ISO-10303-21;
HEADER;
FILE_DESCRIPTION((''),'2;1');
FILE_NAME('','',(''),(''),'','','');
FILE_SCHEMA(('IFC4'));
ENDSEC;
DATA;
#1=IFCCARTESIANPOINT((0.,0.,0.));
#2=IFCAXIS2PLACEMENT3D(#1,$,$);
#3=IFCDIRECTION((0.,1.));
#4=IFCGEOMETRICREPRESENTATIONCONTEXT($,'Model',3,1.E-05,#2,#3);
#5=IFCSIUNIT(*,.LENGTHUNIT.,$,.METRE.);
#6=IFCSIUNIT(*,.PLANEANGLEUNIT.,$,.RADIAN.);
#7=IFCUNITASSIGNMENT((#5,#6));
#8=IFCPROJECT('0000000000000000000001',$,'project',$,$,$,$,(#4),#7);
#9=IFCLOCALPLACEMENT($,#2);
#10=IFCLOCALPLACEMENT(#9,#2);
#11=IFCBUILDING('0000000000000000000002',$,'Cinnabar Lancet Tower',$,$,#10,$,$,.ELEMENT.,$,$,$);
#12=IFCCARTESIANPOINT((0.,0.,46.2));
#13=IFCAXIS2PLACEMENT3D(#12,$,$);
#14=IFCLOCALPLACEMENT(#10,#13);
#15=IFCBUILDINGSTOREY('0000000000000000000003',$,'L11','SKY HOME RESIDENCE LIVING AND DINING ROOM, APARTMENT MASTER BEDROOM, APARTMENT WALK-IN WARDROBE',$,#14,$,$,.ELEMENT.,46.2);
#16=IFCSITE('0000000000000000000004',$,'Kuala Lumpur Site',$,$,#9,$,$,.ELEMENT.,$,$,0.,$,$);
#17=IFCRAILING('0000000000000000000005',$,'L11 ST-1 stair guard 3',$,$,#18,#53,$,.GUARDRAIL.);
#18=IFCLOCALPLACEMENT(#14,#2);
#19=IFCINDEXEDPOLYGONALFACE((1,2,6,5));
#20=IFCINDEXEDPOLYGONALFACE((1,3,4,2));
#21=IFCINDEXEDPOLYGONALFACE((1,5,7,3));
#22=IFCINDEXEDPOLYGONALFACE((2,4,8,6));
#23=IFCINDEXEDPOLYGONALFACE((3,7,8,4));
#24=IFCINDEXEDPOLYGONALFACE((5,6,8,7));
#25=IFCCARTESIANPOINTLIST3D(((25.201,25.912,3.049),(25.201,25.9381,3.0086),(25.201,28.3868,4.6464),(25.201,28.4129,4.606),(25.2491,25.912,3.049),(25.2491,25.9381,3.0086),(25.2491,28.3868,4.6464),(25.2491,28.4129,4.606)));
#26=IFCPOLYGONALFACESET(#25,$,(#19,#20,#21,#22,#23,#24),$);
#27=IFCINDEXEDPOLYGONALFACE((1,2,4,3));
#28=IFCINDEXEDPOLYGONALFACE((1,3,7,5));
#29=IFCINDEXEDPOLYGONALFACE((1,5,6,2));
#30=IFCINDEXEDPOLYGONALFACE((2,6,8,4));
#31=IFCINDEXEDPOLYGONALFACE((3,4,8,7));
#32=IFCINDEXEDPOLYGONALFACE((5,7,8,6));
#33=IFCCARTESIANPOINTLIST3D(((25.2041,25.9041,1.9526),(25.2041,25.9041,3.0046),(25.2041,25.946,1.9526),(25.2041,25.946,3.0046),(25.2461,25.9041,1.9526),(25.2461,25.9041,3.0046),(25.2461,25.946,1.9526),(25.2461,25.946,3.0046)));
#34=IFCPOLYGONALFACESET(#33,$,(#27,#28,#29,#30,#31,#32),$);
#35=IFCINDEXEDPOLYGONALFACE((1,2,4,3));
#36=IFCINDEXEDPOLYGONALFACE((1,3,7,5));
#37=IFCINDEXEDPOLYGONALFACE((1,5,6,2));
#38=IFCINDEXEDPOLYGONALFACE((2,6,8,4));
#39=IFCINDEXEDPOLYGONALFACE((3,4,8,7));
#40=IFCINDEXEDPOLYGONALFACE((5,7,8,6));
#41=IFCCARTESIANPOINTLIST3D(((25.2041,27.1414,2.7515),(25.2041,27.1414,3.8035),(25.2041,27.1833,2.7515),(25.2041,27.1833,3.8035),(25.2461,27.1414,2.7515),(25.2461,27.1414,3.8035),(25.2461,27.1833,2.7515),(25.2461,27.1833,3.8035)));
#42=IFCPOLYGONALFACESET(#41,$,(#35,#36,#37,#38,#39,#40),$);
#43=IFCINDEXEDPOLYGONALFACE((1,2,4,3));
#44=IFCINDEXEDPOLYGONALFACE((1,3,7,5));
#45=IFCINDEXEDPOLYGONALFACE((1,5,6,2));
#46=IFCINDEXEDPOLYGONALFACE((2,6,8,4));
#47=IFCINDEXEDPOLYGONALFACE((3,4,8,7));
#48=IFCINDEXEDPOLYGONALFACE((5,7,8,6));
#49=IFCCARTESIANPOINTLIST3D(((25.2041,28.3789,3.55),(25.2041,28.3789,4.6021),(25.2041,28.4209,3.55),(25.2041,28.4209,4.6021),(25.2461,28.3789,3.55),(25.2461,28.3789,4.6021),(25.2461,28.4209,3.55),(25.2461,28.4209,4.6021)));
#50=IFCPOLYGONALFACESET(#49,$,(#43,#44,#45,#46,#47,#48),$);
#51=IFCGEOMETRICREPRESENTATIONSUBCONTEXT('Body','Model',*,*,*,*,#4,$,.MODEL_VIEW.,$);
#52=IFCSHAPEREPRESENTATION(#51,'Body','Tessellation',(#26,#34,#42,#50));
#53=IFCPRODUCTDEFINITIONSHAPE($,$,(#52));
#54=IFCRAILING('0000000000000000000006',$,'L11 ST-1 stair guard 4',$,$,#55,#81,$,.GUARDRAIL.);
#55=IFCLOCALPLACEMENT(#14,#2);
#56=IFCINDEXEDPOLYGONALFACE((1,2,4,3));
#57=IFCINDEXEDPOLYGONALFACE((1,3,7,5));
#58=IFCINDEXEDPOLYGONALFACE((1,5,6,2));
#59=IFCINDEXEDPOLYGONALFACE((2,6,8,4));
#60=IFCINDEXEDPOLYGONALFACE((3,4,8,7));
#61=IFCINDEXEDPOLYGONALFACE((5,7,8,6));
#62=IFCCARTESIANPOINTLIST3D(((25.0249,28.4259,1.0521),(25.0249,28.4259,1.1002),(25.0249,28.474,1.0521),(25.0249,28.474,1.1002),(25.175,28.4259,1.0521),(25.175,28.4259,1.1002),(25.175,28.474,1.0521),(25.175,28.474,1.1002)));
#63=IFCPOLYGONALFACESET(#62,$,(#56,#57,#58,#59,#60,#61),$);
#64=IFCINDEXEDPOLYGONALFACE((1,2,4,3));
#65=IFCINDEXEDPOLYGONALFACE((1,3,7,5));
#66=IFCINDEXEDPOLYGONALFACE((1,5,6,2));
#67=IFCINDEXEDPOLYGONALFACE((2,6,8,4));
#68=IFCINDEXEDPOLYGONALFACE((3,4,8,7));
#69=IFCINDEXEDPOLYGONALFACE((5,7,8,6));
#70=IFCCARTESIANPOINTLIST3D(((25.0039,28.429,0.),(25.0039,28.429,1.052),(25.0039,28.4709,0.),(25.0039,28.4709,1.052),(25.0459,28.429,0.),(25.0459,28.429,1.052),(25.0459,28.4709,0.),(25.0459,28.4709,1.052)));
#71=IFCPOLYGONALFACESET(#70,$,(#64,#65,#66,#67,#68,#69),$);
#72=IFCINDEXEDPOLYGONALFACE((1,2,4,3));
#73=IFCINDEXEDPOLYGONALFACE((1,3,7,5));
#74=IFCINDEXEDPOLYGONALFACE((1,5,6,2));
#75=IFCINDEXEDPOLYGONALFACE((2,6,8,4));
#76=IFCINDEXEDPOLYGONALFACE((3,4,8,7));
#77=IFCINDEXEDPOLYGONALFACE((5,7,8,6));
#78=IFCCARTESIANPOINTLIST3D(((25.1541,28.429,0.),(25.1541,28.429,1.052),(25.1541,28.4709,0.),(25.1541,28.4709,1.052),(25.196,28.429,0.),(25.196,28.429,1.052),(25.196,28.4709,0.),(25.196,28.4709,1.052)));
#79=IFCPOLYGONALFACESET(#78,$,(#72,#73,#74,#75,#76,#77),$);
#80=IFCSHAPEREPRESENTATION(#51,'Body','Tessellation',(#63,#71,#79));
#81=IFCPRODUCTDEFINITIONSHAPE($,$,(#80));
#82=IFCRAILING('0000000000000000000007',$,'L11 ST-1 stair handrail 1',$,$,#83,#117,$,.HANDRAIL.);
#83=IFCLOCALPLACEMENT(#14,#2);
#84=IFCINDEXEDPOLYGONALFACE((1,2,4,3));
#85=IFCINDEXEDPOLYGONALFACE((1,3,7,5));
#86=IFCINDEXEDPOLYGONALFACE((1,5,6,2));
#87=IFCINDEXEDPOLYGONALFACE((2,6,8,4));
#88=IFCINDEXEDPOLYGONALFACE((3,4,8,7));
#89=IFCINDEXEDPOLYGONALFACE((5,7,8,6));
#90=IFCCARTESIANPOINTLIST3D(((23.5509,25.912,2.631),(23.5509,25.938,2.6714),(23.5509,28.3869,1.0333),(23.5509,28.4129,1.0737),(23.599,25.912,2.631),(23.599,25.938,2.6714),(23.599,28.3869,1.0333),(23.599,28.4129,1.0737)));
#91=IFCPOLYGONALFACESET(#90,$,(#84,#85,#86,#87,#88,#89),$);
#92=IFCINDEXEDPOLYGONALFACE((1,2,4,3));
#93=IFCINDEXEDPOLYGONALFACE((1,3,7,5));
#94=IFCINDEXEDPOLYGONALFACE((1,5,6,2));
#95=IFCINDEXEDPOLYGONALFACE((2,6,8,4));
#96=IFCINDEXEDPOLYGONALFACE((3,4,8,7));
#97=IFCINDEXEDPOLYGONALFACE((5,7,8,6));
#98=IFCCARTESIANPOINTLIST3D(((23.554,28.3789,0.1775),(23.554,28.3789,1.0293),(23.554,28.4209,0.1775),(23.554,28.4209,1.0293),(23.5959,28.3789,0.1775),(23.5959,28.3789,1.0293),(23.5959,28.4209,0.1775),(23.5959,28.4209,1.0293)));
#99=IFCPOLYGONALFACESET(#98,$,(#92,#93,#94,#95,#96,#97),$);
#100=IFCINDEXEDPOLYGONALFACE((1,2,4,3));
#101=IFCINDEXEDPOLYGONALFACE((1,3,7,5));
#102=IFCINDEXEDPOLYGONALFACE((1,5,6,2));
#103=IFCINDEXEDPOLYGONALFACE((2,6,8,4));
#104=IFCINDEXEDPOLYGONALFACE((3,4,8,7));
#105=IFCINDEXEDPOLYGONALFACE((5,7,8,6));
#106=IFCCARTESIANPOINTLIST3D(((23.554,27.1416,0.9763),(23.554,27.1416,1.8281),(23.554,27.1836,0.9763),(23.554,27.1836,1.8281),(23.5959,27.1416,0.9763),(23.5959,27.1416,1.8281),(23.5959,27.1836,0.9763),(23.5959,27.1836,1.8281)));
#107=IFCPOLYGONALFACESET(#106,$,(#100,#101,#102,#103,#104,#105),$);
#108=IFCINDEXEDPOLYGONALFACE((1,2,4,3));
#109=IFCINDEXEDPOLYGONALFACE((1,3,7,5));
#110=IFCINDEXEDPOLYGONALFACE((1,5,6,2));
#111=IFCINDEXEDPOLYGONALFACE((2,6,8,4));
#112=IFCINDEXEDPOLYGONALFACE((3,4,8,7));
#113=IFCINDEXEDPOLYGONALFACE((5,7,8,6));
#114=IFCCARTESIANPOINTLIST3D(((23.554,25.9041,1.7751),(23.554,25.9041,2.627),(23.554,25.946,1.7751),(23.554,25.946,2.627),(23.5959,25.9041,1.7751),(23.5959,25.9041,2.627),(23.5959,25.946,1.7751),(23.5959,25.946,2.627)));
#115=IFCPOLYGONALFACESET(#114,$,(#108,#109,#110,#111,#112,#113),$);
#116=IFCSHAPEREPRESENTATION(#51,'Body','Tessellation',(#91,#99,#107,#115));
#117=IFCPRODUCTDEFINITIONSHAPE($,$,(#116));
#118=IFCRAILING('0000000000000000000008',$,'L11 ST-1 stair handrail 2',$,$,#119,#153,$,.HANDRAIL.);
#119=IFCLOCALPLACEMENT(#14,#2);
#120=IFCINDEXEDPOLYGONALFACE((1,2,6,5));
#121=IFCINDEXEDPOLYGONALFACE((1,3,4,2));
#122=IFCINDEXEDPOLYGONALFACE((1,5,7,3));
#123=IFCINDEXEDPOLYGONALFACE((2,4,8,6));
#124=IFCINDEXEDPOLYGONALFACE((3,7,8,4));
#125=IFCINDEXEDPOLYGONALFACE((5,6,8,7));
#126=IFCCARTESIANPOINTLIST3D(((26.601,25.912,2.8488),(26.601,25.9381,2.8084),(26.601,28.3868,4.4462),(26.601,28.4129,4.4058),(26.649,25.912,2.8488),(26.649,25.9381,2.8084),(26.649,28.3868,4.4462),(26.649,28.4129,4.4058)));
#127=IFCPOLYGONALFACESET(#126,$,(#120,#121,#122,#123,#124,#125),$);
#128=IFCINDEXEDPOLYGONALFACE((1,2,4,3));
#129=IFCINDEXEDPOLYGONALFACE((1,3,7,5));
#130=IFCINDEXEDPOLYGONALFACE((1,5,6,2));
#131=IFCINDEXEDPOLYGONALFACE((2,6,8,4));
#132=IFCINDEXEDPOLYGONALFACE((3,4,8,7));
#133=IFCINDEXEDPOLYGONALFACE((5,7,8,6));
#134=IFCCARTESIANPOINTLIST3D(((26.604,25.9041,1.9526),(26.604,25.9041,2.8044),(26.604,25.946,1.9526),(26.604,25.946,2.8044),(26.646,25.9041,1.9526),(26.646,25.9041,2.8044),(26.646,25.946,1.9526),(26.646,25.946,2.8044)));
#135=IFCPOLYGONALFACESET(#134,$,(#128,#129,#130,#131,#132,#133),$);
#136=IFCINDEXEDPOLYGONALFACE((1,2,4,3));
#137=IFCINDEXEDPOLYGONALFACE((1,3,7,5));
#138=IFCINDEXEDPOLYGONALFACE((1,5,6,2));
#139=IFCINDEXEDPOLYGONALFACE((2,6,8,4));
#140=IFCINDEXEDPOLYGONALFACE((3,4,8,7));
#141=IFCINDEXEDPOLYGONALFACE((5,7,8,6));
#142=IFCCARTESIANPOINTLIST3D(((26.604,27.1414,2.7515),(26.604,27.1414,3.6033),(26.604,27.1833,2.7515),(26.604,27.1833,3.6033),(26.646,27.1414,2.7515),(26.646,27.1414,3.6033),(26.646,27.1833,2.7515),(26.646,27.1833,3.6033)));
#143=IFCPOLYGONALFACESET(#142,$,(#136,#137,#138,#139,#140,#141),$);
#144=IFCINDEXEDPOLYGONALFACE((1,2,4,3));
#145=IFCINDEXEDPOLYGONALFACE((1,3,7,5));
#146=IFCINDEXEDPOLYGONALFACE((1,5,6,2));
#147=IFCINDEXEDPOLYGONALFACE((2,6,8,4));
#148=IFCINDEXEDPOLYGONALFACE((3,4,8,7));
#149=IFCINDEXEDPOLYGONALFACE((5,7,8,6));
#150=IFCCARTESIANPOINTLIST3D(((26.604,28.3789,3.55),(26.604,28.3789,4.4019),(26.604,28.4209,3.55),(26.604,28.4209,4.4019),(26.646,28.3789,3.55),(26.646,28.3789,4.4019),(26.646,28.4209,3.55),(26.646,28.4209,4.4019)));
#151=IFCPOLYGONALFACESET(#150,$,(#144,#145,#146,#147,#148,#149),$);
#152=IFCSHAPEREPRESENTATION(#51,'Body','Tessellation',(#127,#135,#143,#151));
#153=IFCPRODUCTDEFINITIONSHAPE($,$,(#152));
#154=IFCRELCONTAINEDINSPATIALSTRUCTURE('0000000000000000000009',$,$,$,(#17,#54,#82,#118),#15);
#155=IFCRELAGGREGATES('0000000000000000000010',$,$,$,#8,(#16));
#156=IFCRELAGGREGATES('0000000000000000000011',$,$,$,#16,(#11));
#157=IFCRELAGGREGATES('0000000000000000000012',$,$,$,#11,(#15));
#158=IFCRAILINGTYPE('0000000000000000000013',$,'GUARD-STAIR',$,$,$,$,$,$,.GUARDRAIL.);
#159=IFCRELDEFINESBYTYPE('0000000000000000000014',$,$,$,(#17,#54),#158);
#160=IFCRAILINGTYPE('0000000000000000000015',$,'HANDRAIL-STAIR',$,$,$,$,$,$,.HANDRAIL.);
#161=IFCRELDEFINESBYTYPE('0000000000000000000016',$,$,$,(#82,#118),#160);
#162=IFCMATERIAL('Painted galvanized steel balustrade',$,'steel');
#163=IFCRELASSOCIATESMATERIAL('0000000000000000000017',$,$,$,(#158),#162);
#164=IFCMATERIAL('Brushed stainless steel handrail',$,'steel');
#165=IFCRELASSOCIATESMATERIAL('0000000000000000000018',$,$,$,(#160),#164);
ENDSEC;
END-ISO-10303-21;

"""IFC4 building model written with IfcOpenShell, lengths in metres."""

from ifc_helpers import new_model, si_unit, direction, frame, origin, origin_2d, place, context, subcontext, project, spatial, rectangle, extrude, material, type_object, element, save


model = new_model("IFC4")

# Units and contexts
model_context = context("Model", 3, precision=1e-05, world=origin(), true_north=direction((0.0, 1.0)))
body_context = subcontext(model_context, "Body", "Model", "MODEL_VIEW")
ifc_project = project(units=[si_unit("LENGTHUNIT", "METRE"), si_unit("PLANEANGLEUNIT", "RADIAN")], contexts=[model_context])

# Site, building, storey
site_placement = place(None, origin())
site = spatial("IfcSite", under=ifc_project, at=site_placement, Name="Kuala Lumpur Site", CompositionType="ELEMENT", RefElevation=0.0)
building_placement = place(site_placement, origin())
building = spatial("IfcBuilding", under=site, at=building_placement, Name="Cinnabar Lancet Tower", CompositionType="ELEMENT")
storey_placement = place(building_placement, frame((0.0, 0.0, 46.2)))
storey = spatial("IfcBuildingStorey", under=building, at=storey_placement, Name="L11", Description="SKY HOME RESIDENCE LIVING AND DINING ROOM, APARTMENT MASTER BEDROOM, APARTMENT WALK-IN WARDROBE", CompositionType="ELEMENT", Elevation=46.2)

# Railings
ifc_material_1 = material(Name="Painted galvanized steel balustrade", Category="steel")
railing_type_1 = type_object("IfcRailingType", Name="GUARD-STAIR", PredefinedType="GUARDRAIL", material=ifc_material_1)
railing_1_placement = place(storey_placement, frame((25.2251, 25.925, 1.9526)))
element("IfcRailing", 1, at=railing_1_placement, inside=storey, type_object=railing_type_1, Name="L11 ST-1 stair guard 3", PredefinedType="GUARDRAIL", context=body_context, shape_type="SweptSolid", body=[
    extrude(rectangle(XDim=0.0481, YDim=0.0481, at=origin_2d()), frame((0.0, 0.0, 1.0762), z_axis=(0.0, 0.840183, 0.542302), x_axis=(-1.0, 0.0, 0.0)), (0.0, 0.0, 1.0), 2.9456),
    extrude(rectangle(XDim=0.042, YDim=0.042, at=origin_2d()), origin(), (0.0, 0.0, 1.0), 1.052),
    extrude(rectangle(XDim=0.042, YDim=0.042, at=origin_2d()), frame((0.0, 1.2373, 0.7988)), (0.0, 0.0, 1.0), 1.052),
    extrude(rectangle(XDim=0.042, YDim=0.042, at=origin_2d()), frame((0.0, 2.4749, 1.5974)), (0.0, 0.0, 1.0), 1.052),
])
railing_2_placement = place(storey_placement, frame((25.0249, 28.45, 0.0)))
element("IfcRailing", 2, at=railing_2_placement, inside=storey, type_object=railing_type_1, Name="L11 ST-1 stair guard 4", PredefinedType="GUARDRAIL", context=body_context, shape_type="SweptSolid", body=[
    extrude(rectangle(XDim=0.0481, YDim=0.0481, at=origin_2d()), frame((0.0, 0.0, 1.0762), z_axis=(1.0, 0.0, 0.0), x_axis=(0.0, 1.0, 0.0)), (0.0, 0.0, 1.0), 0.1501),
    extrude(rectangle(XDim=0.042, YDim=0.042, at=origin_2d()), origin(), (0.0, 0.0, 1.0), 1.052),
    extrude(rectangle(XDim=0.042, YDim=0.042, at=origin_2d()), frame((0.1501, 0.0, 0.0)), (0.0, 0.0, 1.0), 1.052),
])
ifc_material_2 = material(Name="Brushed stainless steel handrail", Category="steel")
railing_type_2 = type_object("IfcRailingType", Name="HANDRAIL-STAIR", PredefinedType="HANDRAIL", material=ifc_material_2)
railing_3_placement = place(storey_placement, frame((23.575, 28.3999, 0.1775)))
element("IfcRailing", 3, at=railing_3_placement, inside=storey, type_object=railing_type_2, Name="L11 ST-1 stair handrail 1", PredefinedType="HANDRAIL", context=body_context, shape_type="SweptSolid", body=[
    extrude(rectangle(XDim=0.0481, YDim=0.0481, at=origin_2d()), frame((0.0, 0.0, 0.876), z_axis=(0.0, -0.840146, 0.542361), x_axis=(1.0, 0.0, 0.0)), (0.0, 0.0, 1.0), 2.9458),
    extrude(rectangle(XDim=0.042, YDim=0.042, at=origin_2d()), origin(), (0.0, 0.0, 1.0), 0.8518),
    extrude(rectangle(XDim=0.042, YDim=0.042, at=origin_2d()), frame((0.0, -1.2373, 0.7988)), (0.0, 0.0, 1.0), 0.8518),
    extrude(rectangle(XDim=0.042, YDim=0.042, at=origin_2d()), frame((0.0, -2.4749, 1.5977)), (0.0, 0.0, 1.0), 0.8518),
])
railing_4_placement = place(storey_placement, frame((26.625, 25.925, 1.9526)))
element("IfcRailing", 4, at=railing_4_placement, inside=storey, type_object=railing_type_2, Name="L11 ST-1 stair handrail 2", PredefinedType="HANDRAIL", context=body_context, shape_type="SweptSolid", body=[
    extrude(rectangle(XDim=0.0481, YDim=0.0481, at=origin_2d()), frame((0.0, 0.0, 0.876), z_axis=(0.0, 0.840183, 0.542302), x_axis=(-1.0, 0.0, 0.0)), (0.0, 0.0, 1.0), 2.9456),
    extrude(rectangle(XDim=0.042, YDim=0.042, at=origin_2d()), origin(), (0.0, 0.0, 1.0), 0.8518),
    extrude(rectangle(XDim=0.042, YDim=0.042, at=origin_2d()), frame((0.0, 1.2373, 0.7988)), (0.0, 0.0, 1.0), 0.8518),
    extrude(rectangle(XDim=0.042, YDim=0.042, at=origin_2d()), frame((0.0, 2.4749, 1.5974)), (0.0, 0.0, 1.0), 0.8518),
])

save(model, "model.ifc")
